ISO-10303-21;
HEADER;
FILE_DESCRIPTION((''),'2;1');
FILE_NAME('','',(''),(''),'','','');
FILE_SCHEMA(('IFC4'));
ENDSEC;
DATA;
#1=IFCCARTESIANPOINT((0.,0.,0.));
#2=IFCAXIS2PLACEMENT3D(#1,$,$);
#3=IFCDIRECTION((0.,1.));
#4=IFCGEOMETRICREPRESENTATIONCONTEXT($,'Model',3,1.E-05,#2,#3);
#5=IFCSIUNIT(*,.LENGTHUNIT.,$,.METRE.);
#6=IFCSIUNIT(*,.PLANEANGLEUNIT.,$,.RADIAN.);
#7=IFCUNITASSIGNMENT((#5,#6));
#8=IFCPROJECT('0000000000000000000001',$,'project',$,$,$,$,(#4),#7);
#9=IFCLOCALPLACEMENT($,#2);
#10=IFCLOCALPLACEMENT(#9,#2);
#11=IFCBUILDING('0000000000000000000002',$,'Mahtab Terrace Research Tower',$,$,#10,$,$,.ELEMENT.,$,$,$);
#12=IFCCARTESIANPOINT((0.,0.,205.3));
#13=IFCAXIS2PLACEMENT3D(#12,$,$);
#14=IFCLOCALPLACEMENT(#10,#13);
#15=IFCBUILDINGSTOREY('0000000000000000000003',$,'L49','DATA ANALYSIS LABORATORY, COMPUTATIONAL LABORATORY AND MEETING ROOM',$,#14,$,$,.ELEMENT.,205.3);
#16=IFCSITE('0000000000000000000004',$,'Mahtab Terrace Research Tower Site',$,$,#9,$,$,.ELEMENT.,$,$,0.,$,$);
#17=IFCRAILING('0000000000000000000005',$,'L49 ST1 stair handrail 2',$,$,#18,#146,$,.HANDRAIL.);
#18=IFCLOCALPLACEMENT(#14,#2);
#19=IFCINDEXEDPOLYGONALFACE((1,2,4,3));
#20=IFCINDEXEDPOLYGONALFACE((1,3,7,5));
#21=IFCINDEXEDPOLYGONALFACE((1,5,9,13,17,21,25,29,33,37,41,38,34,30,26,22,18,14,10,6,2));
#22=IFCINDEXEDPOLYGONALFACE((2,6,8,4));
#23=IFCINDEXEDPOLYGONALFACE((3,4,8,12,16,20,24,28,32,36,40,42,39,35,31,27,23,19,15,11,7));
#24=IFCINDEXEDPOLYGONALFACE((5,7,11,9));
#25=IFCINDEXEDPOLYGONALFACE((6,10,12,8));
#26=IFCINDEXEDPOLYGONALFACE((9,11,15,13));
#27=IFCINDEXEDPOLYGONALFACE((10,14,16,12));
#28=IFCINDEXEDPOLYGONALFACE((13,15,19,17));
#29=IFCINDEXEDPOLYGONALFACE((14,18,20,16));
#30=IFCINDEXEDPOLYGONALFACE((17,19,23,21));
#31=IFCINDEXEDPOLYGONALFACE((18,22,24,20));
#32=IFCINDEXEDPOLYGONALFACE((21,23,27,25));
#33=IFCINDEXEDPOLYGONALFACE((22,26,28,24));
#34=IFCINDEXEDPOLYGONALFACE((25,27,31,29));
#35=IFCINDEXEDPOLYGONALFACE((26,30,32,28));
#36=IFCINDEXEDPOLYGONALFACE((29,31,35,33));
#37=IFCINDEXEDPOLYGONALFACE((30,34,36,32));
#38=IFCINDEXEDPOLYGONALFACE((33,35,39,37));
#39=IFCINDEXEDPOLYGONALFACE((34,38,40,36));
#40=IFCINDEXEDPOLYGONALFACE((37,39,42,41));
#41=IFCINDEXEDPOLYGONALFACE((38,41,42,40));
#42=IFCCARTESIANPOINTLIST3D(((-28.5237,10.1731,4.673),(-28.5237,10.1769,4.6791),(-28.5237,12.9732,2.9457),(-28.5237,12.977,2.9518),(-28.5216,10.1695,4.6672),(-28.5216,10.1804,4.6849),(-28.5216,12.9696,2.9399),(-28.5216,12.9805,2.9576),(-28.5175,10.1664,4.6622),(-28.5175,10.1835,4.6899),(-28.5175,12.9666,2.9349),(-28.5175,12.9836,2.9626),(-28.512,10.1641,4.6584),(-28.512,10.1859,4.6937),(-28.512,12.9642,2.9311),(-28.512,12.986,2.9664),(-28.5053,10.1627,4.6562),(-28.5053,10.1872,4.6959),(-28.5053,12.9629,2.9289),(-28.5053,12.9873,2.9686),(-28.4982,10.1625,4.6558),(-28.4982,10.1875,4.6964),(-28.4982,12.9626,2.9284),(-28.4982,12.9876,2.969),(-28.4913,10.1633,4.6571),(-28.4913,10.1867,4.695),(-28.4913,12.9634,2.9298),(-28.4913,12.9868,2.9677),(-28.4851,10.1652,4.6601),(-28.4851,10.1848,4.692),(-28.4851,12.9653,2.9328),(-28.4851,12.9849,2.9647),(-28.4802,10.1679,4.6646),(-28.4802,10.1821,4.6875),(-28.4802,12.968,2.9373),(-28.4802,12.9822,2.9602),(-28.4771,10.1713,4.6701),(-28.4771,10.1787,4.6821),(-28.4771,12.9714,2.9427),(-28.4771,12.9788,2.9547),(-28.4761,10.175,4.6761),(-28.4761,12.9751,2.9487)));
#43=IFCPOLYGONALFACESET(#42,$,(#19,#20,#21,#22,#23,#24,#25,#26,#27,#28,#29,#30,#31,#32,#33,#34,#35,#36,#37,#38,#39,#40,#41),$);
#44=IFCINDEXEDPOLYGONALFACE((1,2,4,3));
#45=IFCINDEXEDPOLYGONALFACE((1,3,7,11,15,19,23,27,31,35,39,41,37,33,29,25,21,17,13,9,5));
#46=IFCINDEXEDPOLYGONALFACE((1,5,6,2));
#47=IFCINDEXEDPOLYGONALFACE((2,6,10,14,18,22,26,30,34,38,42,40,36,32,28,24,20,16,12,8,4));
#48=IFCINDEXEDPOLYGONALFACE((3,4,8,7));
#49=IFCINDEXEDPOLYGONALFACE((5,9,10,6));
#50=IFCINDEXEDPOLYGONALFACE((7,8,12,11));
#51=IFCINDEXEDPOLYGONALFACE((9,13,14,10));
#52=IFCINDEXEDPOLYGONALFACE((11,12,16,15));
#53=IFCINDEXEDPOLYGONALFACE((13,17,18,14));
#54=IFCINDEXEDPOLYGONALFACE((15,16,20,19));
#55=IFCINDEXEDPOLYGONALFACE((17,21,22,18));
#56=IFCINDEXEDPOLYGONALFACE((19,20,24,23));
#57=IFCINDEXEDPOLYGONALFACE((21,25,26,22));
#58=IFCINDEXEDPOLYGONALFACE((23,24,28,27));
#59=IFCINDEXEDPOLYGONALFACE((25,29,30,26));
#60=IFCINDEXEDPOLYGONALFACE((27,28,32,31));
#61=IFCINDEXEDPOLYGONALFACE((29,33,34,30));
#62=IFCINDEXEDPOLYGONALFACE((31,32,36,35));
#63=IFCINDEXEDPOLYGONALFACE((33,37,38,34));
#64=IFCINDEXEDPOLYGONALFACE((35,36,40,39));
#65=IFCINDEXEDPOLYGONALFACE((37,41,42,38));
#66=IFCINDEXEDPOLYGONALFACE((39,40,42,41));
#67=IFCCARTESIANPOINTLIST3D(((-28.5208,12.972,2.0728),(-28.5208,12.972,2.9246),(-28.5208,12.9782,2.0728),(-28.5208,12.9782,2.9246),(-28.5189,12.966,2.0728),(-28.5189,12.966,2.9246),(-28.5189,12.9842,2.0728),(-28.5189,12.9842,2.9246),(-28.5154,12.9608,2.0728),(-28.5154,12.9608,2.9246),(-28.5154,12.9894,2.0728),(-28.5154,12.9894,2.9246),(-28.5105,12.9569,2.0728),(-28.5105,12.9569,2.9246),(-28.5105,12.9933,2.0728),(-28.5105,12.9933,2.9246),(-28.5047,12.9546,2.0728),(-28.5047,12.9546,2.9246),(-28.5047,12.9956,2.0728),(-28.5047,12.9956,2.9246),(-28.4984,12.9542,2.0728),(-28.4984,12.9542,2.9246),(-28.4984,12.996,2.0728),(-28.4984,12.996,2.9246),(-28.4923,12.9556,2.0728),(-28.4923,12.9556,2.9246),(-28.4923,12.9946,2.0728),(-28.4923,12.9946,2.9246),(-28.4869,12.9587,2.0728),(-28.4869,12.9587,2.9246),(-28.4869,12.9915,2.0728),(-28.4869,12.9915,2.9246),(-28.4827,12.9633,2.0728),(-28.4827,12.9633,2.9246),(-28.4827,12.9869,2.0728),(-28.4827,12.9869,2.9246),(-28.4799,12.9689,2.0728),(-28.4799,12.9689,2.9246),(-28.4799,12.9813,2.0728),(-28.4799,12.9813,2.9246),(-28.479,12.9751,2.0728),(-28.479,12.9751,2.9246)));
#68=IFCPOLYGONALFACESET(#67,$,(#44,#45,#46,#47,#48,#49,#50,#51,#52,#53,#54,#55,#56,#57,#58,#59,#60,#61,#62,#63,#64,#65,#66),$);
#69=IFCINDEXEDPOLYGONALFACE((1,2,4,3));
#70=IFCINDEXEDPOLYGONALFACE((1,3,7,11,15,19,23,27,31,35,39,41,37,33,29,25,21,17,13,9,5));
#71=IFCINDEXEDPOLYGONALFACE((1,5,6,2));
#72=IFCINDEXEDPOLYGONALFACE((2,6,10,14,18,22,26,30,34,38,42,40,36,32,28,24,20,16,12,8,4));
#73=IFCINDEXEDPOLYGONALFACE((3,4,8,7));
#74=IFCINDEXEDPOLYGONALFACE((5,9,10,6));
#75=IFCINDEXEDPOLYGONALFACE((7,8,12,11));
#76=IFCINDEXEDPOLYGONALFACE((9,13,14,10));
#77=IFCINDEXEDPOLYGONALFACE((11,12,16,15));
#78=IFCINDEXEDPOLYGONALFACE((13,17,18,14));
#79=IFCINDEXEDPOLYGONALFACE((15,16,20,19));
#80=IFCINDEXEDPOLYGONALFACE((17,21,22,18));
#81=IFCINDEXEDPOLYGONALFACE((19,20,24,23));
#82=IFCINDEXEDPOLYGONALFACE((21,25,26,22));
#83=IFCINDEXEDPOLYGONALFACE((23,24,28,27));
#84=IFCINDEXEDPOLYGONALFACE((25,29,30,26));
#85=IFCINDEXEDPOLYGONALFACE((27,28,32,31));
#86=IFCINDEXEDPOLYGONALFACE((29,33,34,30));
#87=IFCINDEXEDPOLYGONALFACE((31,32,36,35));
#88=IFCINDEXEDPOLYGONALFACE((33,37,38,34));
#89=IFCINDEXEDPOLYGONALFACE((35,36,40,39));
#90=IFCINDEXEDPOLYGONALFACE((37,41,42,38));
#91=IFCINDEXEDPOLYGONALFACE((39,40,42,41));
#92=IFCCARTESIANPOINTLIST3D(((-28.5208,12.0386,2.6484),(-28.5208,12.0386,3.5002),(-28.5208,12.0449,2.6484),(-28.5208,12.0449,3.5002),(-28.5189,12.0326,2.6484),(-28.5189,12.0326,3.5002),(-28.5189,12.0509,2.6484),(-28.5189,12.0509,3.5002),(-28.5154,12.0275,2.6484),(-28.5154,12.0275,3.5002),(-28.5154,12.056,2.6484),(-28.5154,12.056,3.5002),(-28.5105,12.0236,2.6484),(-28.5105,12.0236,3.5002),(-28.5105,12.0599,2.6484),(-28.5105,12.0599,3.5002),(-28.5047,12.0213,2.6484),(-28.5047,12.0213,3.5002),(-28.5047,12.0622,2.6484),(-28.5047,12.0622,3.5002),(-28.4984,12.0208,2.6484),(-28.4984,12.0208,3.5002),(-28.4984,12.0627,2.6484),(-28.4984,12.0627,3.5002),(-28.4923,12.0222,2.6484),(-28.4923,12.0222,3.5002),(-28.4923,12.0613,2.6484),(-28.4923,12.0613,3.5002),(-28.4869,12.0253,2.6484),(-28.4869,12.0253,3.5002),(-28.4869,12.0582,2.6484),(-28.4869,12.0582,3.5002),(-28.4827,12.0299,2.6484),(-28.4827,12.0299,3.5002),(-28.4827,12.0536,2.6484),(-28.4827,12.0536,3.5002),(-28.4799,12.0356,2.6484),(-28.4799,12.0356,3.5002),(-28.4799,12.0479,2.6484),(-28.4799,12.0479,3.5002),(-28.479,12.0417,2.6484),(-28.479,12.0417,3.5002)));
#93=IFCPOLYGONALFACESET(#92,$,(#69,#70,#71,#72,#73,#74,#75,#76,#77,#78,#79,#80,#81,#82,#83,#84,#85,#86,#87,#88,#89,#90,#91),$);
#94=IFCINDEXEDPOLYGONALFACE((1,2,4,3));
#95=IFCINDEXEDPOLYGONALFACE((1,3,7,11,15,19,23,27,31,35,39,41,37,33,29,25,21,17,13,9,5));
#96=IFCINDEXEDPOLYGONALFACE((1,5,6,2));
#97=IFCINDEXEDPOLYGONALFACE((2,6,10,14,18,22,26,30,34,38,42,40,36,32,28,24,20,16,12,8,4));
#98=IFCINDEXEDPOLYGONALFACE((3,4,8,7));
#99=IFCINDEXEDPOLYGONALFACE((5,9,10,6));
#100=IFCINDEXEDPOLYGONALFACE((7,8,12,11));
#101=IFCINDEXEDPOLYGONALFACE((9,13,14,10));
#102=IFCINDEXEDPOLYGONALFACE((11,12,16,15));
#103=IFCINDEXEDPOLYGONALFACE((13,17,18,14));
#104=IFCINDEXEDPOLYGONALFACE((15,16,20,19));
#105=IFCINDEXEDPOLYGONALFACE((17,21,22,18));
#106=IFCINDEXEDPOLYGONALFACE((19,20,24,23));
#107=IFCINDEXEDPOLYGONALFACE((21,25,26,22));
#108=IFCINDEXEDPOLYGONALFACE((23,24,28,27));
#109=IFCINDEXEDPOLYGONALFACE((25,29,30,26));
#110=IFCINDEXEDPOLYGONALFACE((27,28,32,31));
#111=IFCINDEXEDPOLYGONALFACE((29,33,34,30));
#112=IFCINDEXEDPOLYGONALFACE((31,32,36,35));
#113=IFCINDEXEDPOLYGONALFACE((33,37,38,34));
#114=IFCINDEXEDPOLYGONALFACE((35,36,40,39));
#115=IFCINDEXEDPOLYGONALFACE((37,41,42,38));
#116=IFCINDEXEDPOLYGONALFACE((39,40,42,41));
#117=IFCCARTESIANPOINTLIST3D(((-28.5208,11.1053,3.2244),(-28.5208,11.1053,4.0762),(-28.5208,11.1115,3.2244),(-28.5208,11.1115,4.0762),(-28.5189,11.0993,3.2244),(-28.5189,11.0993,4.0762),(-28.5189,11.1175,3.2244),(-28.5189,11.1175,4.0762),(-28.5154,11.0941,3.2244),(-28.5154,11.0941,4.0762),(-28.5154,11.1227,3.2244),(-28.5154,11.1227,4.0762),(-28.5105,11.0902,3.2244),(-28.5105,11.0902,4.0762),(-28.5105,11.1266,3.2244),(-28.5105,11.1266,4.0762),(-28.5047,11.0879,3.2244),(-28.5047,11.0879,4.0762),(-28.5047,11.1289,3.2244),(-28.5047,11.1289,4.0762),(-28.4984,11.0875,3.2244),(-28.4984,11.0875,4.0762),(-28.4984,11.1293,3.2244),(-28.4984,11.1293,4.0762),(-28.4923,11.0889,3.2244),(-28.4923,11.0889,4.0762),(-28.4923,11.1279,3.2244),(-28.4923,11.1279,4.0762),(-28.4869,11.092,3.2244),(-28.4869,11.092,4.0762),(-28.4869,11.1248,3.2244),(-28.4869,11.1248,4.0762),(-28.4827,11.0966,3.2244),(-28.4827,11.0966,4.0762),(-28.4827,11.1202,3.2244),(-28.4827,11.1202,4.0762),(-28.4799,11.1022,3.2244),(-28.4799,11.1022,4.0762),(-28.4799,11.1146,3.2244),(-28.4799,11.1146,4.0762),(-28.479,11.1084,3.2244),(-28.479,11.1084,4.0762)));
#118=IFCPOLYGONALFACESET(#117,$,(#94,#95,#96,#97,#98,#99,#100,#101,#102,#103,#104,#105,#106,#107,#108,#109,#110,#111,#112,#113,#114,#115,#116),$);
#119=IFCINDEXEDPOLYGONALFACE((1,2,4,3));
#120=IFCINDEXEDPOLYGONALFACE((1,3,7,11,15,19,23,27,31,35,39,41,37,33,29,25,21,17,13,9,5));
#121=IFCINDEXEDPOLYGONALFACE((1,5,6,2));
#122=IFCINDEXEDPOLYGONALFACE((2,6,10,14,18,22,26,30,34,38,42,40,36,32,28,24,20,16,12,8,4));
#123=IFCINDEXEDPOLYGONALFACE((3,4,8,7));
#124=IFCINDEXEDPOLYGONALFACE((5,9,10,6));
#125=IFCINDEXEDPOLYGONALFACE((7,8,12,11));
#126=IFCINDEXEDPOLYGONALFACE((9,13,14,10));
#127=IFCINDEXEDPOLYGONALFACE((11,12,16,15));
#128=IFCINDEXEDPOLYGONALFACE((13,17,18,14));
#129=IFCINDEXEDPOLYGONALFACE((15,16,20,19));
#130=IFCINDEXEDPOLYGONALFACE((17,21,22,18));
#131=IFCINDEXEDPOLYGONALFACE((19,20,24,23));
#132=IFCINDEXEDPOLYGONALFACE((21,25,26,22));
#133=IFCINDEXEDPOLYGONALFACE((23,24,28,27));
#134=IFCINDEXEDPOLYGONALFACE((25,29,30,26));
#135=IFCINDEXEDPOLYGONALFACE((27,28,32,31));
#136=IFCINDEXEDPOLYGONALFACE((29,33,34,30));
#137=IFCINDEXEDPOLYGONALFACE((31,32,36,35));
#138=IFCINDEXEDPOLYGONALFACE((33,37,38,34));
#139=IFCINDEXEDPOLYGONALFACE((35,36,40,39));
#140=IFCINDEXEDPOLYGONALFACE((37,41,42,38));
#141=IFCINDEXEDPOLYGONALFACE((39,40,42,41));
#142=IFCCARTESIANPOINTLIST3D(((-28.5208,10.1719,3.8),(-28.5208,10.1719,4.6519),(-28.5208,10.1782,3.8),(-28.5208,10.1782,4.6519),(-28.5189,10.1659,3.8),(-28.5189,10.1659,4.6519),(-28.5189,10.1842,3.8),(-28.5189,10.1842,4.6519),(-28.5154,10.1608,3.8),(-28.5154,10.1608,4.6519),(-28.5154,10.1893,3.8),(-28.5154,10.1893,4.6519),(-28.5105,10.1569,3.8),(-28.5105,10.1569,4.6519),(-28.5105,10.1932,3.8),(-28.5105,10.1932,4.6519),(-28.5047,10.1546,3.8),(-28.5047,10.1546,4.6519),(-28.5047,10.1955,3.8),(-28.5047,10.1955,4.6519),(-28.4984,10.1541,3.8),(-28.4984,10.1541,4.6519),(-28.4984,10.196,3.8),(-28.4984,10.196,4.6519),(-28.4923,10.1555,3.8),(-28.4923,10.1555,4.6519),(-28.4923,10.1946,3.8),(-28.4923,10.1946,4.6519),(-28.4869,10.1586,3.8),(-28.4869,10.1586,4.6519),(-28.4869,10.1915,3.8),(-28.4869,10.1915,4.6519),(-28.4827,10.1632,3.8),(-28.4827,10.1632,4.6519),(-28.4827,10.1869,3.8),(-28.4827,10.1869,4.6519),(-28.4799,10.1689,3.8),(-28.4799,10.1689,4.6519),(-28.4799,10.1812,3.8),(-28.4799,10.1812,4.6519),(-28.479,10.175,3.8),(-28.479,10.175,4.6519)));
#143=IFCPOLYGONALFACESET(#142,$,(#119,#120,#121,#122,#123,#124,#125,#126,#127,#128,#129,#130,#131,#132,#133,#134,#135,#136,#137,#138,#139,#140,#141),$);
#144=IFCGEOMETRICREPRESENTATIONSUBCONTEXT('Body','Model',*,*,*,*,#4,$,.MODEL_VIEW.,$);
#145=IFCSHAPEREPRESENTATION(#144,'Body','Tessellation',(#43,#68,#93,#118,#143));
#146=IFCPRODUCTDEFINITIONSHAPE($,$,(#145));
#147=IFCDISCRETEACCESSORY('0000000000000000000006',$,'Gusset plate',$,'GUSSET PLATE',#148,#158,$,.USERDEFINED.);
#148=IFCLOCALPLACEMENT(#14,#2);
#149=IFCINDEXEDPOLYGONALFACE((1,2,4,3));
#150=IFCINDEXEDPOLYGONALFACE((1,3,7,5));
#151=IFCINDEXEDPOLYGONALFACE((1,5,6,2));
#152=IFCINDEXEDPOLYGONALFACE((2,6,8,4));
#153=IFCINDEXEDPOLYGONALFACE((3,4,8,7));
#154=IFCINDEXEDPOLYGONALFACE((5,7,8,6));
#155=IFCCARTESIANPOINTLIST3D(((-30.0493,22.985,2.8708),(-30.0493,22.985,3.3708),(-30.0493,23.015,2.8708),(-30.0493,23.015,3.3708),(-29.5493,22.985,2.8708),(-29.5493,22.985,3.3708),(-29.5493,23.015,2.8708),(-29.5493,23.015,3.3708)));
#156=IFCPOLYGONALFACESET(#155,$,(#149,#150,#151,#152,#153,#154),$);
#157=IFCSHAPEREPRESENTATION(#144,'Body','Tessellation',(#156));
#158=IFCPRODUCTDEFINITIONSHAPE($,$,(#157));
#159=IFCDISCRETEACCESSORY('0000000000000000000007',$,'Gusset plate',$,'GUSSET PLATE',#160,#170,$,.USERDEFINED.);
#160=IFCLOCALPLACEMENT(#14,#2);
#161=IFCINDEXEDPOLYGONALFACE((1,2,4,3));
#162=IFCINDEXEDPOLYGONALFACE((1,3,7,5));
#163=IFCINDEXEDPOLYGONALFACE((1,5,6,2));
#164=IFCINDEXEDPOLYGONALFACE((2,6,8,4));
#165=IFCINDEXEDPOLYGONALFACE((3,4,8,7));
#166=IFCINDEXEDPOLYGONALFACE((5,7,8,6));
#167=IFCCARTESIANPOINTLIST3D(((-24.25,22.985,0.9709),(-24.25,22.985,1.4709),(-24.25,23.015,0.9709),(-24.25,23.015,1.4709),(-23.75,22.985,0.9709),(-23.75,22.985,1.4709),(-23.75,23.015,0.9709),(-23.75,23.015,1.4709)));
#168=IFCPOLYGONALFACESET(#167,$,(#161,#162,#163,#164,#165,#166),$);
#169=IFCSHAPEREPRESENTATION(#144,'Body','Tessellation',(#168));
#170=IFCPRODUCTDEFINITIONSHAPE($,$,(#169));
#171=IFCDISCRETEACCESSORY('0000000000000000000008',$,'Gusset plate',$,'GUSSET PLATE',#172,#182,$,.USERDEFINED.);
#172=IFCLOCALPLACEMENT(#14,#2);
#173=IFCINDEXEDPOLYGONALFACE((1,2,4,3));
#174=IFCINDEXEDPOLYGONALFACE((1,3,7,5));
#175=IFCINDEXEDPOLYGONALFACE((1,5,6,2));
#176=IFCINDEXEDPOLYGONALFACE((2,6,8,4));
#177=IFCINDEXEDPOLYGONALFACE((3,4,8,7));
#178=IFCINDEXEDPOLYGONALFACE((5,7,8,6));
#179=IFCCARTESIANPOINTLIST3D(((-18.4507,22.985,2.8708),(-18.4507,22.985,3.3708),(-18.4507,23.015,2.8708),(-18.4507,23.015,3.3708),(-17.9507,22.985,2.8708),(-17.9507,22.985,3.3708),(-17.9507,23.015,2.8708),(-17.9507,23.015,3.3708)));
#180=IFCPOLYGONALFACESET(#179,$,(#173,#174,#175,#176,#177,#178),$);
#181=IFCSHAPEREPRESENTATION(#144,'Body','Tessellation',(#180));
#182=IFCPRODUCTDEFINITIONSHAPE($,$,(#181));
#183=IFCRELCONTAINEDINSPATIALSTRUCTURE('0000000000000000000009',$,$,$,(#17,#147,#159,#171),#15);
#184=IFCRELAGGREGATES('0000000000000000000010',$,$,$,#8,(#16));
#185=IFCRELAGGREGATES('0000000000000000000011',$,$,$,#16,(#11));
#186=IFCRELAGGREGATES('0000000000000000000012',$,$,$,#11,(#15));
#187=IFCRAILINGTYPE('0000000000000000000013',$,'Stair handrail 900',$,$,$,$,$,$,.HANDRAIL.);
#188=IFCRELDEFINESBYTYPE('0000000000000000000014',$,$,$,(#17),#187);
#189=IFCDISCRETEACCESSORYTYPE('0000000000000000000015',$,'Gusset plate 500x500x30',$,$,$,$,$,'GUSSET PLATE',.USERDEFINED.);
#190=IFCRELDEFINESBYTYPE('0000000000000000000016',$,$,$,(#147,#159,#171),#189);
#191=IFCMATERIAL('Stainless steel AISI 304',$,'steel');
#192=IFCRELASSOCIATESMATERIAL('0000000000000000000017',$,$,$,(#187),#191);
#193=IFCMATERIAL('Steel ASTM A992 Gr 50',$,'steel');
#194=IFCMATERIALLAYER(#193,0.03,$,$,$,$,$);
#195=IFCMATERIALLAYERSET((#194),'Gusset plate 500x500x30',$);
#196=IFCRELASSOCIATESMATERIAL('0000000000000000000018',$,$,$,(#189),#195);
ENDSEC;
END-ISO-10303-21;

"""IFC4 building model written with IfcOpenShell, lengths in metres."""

from ifc_helpers import new_model, si_unit, direction, frame, origin, origin_2d, place, context, subcontext, project, spatial, rectangle, circle, extrude, material, layer, layer_set, type_object, element, save


model = new_model("IFC4")

# Units and contexts
model_context = context("Model", 3, precision=1e-05, world=origin(), true_north=direction((0.0, 1.0)))
body_context = subcontext(model_context, "Body", "Model", "MODEL_VIEW")
ifc_project = project(units=[si_unit("LENGTHUNIT", "METRE"), si_unit("PLANEANGLEUNIT", "RADIAN")], contexts=[model_context])

# Site, building, storey
site_placement = place(None, origin())
site = spatial("IfcSite", under=ifc_project, at=site_placement, Name="Mahtab Terrace Research Tower Site", CompositionType="ELEMENT", RefElevation=0.0)
building_placement = place(site_placement, origin())
building = spatial("IfcBuilding", under=site, at=building_placement, Name="Mahtab Terrace Research Tower", CompositionType="ELEMENT")
storey_placement = place(building_placement, frame((0.0, 0.0, 205.3)))
storey = spatial("IfcBuildingStorey", under=building, at=storey_placement, Name="L49", Description="DATA ANALYSIS LABORATORY, COMPUTATIONAL LABORATORY AND MEETING ROOM", CompositionType="ELEMENT", Elevation=205.3)

# Shared definitions
ifc_material_1 = material(Name="Steel ASTM A992 Gr 50", Category="steel")

# Railing
ifc_material_2 = material(Name="Stainless steel AISI 304", Category="steel")
railing_type_1 = type_object("IfcRailingType", Name="Stair handrail 900", PredefinedType="HANDRAIL", material=ifc_material_2)
railing_1_placement = place(storey_placement, frame((-28.5, 12.9751, 2.0728)))
element("IfcRailing", 1, at=railing_1_placement, inside=storey, type_object=railing_type_1, Name="L49 ST1 stair handrail 2", PredefinedType="HANDRAIL", context=body_context, shape_type="SweptSolid", body=[
    extrude(circle(Radius=0.0239, at=origin_2d()), frame((0.0, 0.0, 0.876), z_axis=(0.0, -0.85109, 0.52502), x_axis=(1.0, 0.0, 0.0)), (0.0, 0.0, 1.0), 3.29),
    extrude(circle(Radius=0.021, at=origin_2d()), origin(), (0.0, 0.0, 1.0), 0.8518),
    extrude(circle(Radius=0.021, at=origin_2d()), frame((0.0, -0.9333, 0.5757)), (0.0, 0.0, 1.0), 0.8518),
    extrude(circle(Radius=0.021, at=origin_2d()), frame((0.0, -1.8667, 1.1516)), (0.0, 0.0, 1.0), 0.8518),
    extrude(circle(Radius=0.021, at=origin_2d()), frame((0.0, -2.8, 1.7273)), (0.0, 0.0, 1.0), 0.8518),
])

# Discrete accessories
ifc_layer_1 = layer(ifc_material_1, 0.03)
ifc_layer_set_1 = layer_set([ifc_layer_1], Name="Gusset plate 500x500x30")
discrete_accessory_type = type_object("IfcDiscreteAccessoryType", Name="Gusset plate 500x500x30", ElementType="GUSSET PLATE", PredefinedType="USERDEFINED", material=ifc_layer_set_1)
for number, where, z_axis, x_axis, name in (
    (2, (-29.7993, 23.0, 2.8708), (0.0, 0.0, 1.0), (1.0, 0.0, 0.0), "Gusset plate"),
    (3, (-24.0, 23.0, 0.9709), (0.0, 0.0, 1.0), (1.0, 0.0, 0.0), "Gusset plate"),
    (4, (-18.2007, 23.0, 2.8708), (0.0, 0.0, 1.0), (1.0, 0.0, 0.0), "Gusset plate"),
):
    element("IfcDiscreteAccessory", number, at=place(storey_placement, frame(where, z_axis=z_axis, x_axis=x_axis)), inside=storey, type_object=discrete_accessory_type, Name=name, ObjectType="GUSSET PLATE", PredefinedType="USERDEFINED", context=body_context, shape_type="SweptSolid", body=[
        extrude(rectangle(XDim=0.5, YDim=0.03, at=origin_2d()), origin(), (0.0, 0.0, 1.0), 0.5),
    ])

save(model, "model.ifc")
